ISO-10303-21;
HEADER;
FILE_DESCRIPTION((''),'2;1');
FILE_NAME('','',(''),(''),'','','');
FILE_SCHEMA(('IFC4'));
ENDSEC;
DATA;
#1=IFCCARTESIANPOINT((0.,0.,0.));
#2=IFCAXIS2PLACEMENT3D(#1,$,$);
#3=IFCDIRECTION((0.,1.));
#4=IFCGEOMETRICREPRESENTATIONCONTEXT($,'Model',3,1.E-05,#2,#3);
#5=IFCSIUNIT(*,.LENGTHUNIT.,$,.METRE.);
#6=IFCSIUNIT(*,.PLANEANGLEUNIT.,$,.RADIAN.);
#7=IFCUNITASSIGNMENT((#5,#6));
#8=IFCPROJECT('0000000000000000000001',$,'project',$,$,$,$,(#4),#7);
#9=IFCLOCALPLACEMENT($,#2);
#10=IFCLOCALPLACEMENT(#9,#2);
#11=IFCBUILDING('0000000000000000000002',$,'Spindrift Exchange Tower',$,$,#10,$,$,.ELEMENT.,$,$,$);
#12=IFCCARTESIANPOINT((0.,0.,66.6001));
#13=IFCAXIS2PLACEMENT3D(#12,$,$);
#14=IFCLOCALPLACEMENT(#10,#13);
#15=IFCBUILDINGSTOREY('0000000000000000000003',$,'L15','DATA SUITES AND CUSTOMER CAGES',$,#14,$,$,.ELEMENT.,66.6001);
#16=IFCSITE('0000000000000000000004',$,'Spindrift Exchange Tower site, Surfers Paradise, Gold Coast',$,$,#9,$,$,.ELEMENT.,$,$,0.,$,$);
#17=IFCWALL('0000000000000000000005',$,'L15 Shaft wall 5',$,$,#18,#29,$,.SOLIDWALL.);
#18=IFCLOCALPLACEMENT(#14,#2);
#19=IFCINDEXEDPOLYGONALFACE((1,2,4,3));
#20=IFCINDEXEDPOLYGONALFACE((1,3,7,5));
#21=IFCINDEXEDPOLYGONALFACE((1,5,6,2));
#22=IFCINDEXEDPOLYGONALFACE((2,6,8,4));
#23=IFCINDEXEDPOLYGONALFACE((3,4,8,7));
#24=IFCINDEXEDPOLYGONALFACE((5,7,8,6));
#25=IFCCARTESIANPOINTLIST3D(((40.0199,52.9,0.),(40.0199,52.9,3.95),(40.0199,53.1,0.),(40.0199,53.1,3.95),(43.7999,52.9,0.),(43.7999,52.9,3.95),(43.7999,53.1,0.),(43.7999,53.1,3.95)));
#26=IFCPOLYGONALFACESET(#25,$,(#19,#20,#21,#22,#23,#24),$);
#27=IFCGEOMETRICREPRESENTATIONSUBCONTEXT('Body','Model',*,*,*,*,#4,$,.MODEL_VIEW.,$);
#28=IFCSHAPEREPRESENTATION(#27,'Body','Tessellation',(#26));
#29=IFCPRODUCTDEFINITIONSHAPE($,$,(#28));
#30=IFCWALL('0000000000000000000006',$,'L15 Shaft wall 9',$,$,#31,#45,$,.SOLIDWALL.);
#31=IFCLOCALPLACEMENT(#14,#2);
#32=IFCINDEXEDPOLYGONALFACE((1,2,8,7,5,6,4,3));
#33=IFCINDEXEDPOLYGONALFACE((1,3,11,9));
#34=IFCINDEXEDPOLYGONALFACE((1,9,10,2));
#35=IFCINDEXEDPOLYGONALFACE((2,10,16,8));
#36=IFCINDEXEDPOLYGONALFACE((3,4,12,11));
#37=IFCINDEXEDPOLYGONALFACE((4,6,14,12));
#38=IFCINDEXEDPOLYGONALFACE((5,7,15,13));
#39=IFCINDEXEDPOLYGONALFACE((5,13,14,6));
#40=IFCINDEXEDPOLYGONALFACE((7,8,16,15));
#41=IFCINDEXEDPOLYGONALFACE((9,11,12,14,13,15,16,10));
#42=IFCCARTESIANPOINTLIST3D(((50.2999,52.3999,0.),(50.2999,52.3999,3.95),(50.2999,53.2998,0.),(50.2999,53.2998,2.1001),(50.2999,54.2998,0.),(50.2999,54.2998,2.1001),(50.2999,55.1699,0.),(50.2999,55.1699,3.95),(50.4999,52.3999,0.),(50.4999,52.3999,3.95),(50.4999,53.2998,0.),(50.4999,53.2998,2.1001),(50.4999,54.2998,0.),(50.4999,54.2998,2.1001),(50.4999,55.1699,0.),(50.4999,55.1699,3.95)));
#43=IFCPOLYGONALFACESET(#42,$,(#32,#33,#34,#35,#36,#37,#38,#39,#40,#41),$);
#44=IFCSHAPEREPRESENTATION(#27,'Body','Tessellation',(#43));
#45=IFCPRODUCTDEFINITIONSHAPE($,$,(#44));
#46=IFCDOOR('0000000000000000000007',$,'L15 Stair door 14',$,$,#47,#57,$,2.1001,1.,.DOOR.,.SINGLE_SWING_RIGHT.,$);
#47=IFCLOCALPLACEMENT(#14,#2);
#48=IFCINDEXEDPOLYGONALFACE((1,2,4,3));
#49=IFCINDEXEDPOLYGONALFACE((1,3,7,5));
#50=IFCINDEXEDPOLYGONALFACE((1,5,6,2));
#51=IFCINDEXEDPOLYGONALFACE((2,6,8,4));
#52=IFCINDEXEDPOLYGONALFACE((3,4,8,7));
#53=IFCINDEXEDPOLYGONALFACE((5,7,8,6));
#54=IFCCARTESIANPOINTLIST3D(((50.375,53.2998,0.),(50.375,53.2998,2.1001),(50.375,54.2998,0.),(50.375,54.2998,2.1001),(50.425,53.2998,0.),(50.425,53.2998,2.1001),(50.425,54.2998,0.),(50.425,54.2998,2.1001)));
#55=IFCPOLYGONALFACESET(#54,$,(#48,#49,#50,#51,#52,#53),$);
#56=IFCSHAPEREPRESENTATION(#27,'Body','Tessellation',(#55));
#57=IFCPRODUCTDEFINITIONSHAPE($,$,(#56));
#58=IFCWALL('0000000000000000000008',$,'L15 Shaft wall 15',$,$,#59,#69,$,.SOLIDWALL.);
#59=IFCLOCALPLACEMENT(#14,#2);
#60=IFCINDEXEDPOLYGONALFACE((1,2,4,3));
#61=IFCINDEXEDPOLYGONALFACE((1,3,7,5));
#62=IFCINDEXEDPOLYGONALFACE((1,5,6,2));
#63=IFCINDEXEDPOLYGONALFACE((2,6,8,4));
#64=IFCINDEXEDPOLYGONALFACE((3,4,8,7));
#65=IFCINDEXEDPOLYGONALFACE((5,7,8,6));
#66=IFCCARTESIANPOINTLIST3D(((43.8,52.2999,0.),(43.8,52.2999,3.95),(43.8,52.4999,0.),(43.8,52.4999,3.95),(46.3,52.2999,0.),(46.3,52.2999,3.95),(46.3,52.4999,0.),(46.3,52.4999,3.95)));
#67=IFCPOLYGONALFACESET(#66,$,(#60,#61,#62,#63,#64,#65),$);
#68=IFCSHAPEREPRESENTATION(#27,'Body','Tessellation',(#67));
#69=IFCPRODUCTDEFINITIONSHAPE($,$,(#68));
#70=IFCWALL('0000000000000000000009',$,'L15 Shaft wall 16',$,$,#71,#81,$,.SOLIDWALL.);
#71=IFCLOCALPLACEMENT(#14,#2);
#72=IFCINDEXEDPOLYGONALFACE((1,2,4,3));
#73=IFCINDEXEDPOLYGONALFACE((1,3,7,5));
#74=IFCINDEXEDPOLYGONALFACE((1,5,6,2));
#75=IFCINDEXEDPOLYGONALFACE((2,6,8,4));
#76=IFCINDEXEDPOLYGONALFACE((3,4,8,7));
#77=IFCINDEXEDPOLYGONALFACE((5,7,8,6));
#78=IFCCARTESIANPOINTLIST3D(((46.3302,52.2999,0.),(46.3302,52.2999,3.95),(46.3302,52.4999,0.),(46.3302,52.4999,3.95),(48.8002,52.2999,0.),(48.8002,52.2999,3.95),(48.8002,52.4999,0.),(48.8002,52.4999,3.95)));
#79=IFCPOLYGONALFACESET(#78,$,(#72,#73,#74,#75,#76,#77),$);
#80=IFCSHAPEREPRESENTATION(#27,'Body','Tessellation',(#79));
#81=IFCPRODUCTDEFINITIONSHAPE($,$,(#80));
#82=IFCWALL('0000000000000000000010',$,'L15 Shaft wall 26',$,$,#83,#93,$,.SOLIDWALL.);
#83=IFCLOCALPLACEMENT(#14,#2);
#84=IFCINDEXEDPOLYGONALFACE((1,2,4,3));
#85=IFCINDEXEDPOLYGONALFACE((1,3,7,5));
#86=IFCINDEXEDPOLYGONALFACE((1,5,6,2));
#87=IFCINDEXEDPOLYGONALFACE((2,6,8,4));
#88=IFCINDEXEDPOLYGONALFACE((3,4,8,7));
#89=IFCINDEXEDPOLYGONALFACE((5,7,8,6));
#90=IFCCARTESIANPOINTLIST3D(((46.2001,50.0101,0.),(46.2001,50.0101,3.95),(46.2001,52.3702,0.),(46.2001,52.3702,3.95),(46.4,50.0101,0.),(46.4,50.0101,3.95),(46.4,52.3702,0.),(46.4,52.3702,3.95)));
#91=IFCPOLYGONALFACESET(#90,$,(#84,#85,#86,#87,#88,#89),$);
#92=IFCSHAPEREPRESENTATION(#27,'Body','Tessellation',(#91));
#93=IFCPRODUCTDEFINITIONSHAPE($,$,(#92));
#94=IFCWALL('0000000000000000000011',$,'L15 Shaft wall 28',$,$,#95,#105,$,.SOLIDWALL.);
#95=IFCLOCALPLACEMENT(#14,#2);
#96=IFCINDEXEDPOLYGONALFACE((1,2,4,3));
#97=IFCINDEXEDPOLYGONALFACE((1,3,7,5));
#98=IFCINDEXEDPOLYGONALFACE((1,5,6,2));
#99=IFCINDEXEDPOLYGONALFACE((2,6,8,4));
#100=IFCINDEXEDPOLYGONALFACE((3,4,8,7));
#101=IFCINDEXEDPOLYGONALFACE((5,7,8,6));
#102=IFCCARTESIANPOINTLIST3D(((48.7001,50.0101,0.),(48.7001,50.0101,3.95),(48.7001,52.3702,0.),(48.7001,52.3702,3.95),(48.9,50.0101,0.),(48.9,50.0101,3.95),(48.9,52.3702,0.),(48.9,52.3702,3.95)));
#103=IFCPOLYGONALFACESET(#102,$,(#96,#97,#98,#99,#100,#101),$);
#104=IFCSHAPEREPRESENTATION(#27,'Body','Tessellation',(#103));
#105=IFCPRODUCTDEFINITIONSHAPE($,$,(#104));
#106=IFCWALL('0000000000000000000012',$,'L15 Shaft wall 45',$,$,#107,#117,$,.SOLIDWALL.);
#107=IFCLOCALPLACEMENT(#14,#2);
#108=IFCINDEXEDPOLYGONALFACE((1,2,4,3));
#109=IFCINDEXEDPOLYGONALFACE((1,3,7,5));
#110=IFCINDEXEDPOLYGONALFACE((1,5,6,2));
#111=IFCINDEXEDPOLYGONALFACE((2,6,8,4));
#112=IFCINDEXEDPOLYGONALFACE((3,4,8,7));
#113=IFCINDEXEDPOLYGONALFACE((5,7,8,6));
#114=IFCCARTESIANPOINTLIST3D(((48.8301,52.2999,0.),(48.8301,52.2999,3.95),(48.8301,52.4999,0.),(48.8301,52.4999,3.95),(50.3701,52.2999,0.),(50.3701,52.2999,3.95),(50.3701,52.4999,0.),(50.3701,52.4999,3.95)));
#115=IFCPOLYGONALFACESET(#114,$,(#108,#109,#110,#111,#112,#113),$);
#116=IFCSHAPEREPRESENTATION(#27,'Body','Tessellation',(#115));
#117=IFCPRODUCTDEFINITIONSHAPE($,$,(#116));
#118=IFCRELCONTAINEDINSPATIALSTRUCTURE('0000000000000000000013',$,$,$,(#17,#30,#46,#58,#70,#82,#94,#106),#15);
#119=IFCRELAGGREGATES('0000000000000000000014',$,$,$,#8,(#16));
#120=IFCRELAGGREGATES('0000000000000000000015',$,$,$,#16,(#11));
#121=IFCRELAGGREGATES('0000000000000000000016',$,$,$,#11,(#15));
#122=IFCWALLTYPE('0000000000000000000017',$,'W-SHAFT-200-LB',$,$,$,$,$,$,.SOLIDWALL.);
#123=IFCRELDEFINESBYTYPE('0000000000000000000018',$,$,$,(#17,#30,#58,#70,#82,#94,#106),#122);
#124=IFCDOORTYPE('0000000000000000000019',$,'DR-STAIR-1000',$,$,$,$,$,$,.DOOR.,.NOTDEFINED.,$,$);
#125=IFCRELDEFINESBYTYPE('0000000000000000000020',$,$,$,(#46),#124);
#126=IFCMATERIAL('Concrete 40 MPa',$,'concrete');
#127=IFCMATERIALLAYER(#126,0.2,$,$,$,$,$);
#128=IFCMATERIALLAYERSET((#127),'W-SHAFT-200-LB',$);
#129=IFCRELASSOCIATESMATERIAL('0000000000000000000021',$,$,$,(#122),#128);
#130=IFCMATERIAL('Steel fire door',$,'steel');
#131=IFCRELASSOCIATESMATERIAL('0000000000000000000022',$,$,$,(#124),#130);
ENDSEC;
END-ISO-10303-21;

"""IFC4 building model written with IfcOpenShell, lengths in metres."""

from ifc_helpers import new_model, si_unit, direction, frame, frame_2d, origin, place, context, subcontext, project, spatial, rectangle, extrude, source, transform, mapped, material, layer, layer_set, type_object, element, fill, save


model = new_model("IFC4")

# Units and contexts
model_context = context("Model", 3, precision=1e-05, world=origin(), true_north=direction((0.0, 1.0)))
body_context = subcontext(model_context, "Body", "Model", "MODEL_VIEW")
ifc_project = project(units=[si_unit("LENGTHUNIT", "METRE"), si_unit("PLANEANGLEUNIT", "RADIAN")], contexts=[model_context])

# Site, building, storey
site_placement = place(None, origin())
site = spatial("IfcSite", under=ifc_project, at=site_placement, Name="Spindrift Exchange Tower site, Surfers Paradise, Gold Coast", CompositionType="ELEMENT", RefElevation=0.0)
building_placement = place(site_placement, origin())
building = spatial("IfcBuilding", under=site, at=building_placement, Name="Spindrift Exchange Tower", CompositionType="ELEMENT")
storey_placement = place(building_placement, frame((0.0, 0.0, 66.6001)))
storey = spatial("IfcBuildingStorey", under=building, at=storey_placement, Name="L15", Description="DATA SUITES AND CUSTOMER CAGES", CompositionType="ELEMENT", Elevation=66.6001)

# Wall
ifc_material_1 = material(Name="Concrete 40 MPa", Category="concrete")
ifc_layer = layer(ifc_material_1, 0.2)
ifc_layer_set = layer_set([ifc_layer], Name="W-SHAFT-200-LB")
wall_type = type_object("IfcWallType", Name="W-SHAFT-200-LB", PredefinedType="SOLIDWALL", material=ifc_layer_set)
wall_1_placement = place(storey_placement, frame((43.8, 53.0, 0.0), z_axis=(0.0, 0.0, 1.0), x_axis=(-1.0, 0.0, 0.0)))
element("IfcWall", 1, at=wall_1_placement, inside=storey, type_object=wall_type, Name="L15 Shaft wall 5", PredefinedType="SOLIDWALL", context=body_context, shape_type="SweptSolid", body=[
    extrude(rectangle(XDim=3.78, YDim=0.2, at=frame_2d((1.8901, 0.0))), origin(), (0.0, 0.0, 1.0), 3.95),
])

# Wall, opening, door
wall_2_placement = place(storey_placement, frame((50.3999, 52.3999, 0.0), z_axis=(0.0, 0.0, 1.0), x_axis=(0.0, 1.0, 0.0)))
wall_2 = element("IfcWall", 2, at=wall_2_placement, inside=storey, type_object=wall_type, Name="L15 Shaft wall 9", PredefinedType="SOLIDWALL", context=body_context, shape_type="SweptSolid", body=[
    extrude(rectangle(XDim=2.77, YDim=0.2, at=frame_2d((1.385, 0.0))), origin(), (0.0, 0.0, 1.0), 3.95),
])
opening_placement = place(wall_2_placement, frame((0.8999, 0.0, 0.0)))
opening = element("IfcOpeningElement", 3, at=opening_placement, cuts=wall_2, PredefinedType="OPENING", context=body_context, shape_type="SweptSolid", body=[
    extrude(rectangle(XDim=1.0, YDim=2.1001, at=frame_2d((0.5, 1.05))), frame((0.0, 0.1099, 0.0), z_axis=(0.0, -1.0, 0.0), x_axis=(1.0, 0.0, 0.0)), (0.0, 0.0, 1.0), 0.22),
])
ifc_material_2 = material(Name="Steel fire door", Category="steel")
door_type = type_object("IfcDoorType", Name="DR-STAIR-1000", OperationType="NOTDEFINED", PredefinedType="DOOR", material=ifc_material_2)
shared_shape = source(origin(), body_context, "Body", "SweptSolid", [
    extrude(rectangle(XDim=1.0, YDim=2.1001, at=frame_2d((0.5, 1.05))), frame((0.0, 0.0249, 0.0), z_axis=(0.0, -1.0, 0.0), x_axis=(1.0, 0.0, 0.0)), (0.0, 0.0, 1.0), 0.05),
])
door_placement = place(opening_placement, origin())
door = element("IfcDoor", 4, at=door_placement, inside=storey, type_object=door_type, Name="L15 Stair door 14", OperationType="SINGLE_SWING_RIGHT", OverallHeight=2.1001, OverallWidth=1.0, PredefinedType="DOOR", context=body_context, shape_type="MappedRepresentation", body=[
    mapped(shared_shape, transform((0.0, 0.0, 0.0), scale=1.0)),
])
fill(opening, door)

# Walls
wall_3_placement = place(storey_placement, frame((46.3, 52.3999, 0.0), z_axis=(0.0, 0.0, 1.0), x_axis=(-1.0, 0.0, 0.0)))
element("IfcWall", 5, at=wall_3_placement, inside=storey, type_object=wall_type, Name="L15 Shaft wall 15", PredefinedType="SOLIDWALL", context=body_context, shape_type="SweptSolid", body=[
    extrude(rectangle(XDim=2.5, YDim=0.2, at=frame_2d((1.25, 0.0))), origin(), (0.0, 0.0, 1.0), 3.95),
])
wall_4_placement = place(storey_placement, frame((48.8, 52.3999, 0.0), z_axis=(0.0, 0.0, 1.0), x_axis=(-1.0, 0.0, 0.0)))
element("IfcWall", 6, at=wall_4_placement, inside=storey, type_object=wall_type, Name="L15 Shaft wall 16", PredefinedType="SOLIDWALL", context=body_context, shape_type="SweptSolid", body=[
    extrude(rectangle(XDim=2.47, YDim=0.2, at=frame_2d((1.2349, 0.0))), origin(), (0.0, 0.0, 1.0), 3.95),
])
for number, where, z_axis, x_axis, name in (
    (7, (46.3, 50.01, 0.0), (0.0, 0.0, 1.0), (0.0, 1.0, 0.0), "L15 Shaft wall 26"),
    (8, (48.8, 50.01, 0.0), (0.0, 0.0, 1.0), (0.0, 1.0, 0.0), "L15 Shaft wall 28"),
):
    element("IfcWall", number, at=place(storey_placement, frame(where, z_axis=z_axis, x_axis=x_axis)), inside=storey, type_object=wall_type, Name=name, PredefinedType="SOLIDWALL", context=body_context, shape_type="SweptSolid", body=[
        extrude(rectangle(XDim=2.3601, YDim=0.2, at=frame_2d((1.1802, 0.0))), origin(), (0.0, 0.0, 1.0), 3.95),
    ])
wall_5_placement = place(storey_placement, frame((50.3701, 52.3999, 0.0), z_axis=(0.0, 0.0, 1.0), x_axis=(-1.0, 0.0, 0.0)))
element("IfcWall", 9, at=wall_5_placement, inside=storey, type_object=wall_type, Name="L15 Shaft wall 45", PredefinedType="SOLIDWALL", context=body_context, shape_type="SweptSolid", body=[
    extrude(rectangle(XDim=1.54, YDim=0.2, at=frame_2d((0.77, 0.0))), origin(), (0.0, 0.0, 1.0), 3.95),
])

save(model, "model.ifc")
